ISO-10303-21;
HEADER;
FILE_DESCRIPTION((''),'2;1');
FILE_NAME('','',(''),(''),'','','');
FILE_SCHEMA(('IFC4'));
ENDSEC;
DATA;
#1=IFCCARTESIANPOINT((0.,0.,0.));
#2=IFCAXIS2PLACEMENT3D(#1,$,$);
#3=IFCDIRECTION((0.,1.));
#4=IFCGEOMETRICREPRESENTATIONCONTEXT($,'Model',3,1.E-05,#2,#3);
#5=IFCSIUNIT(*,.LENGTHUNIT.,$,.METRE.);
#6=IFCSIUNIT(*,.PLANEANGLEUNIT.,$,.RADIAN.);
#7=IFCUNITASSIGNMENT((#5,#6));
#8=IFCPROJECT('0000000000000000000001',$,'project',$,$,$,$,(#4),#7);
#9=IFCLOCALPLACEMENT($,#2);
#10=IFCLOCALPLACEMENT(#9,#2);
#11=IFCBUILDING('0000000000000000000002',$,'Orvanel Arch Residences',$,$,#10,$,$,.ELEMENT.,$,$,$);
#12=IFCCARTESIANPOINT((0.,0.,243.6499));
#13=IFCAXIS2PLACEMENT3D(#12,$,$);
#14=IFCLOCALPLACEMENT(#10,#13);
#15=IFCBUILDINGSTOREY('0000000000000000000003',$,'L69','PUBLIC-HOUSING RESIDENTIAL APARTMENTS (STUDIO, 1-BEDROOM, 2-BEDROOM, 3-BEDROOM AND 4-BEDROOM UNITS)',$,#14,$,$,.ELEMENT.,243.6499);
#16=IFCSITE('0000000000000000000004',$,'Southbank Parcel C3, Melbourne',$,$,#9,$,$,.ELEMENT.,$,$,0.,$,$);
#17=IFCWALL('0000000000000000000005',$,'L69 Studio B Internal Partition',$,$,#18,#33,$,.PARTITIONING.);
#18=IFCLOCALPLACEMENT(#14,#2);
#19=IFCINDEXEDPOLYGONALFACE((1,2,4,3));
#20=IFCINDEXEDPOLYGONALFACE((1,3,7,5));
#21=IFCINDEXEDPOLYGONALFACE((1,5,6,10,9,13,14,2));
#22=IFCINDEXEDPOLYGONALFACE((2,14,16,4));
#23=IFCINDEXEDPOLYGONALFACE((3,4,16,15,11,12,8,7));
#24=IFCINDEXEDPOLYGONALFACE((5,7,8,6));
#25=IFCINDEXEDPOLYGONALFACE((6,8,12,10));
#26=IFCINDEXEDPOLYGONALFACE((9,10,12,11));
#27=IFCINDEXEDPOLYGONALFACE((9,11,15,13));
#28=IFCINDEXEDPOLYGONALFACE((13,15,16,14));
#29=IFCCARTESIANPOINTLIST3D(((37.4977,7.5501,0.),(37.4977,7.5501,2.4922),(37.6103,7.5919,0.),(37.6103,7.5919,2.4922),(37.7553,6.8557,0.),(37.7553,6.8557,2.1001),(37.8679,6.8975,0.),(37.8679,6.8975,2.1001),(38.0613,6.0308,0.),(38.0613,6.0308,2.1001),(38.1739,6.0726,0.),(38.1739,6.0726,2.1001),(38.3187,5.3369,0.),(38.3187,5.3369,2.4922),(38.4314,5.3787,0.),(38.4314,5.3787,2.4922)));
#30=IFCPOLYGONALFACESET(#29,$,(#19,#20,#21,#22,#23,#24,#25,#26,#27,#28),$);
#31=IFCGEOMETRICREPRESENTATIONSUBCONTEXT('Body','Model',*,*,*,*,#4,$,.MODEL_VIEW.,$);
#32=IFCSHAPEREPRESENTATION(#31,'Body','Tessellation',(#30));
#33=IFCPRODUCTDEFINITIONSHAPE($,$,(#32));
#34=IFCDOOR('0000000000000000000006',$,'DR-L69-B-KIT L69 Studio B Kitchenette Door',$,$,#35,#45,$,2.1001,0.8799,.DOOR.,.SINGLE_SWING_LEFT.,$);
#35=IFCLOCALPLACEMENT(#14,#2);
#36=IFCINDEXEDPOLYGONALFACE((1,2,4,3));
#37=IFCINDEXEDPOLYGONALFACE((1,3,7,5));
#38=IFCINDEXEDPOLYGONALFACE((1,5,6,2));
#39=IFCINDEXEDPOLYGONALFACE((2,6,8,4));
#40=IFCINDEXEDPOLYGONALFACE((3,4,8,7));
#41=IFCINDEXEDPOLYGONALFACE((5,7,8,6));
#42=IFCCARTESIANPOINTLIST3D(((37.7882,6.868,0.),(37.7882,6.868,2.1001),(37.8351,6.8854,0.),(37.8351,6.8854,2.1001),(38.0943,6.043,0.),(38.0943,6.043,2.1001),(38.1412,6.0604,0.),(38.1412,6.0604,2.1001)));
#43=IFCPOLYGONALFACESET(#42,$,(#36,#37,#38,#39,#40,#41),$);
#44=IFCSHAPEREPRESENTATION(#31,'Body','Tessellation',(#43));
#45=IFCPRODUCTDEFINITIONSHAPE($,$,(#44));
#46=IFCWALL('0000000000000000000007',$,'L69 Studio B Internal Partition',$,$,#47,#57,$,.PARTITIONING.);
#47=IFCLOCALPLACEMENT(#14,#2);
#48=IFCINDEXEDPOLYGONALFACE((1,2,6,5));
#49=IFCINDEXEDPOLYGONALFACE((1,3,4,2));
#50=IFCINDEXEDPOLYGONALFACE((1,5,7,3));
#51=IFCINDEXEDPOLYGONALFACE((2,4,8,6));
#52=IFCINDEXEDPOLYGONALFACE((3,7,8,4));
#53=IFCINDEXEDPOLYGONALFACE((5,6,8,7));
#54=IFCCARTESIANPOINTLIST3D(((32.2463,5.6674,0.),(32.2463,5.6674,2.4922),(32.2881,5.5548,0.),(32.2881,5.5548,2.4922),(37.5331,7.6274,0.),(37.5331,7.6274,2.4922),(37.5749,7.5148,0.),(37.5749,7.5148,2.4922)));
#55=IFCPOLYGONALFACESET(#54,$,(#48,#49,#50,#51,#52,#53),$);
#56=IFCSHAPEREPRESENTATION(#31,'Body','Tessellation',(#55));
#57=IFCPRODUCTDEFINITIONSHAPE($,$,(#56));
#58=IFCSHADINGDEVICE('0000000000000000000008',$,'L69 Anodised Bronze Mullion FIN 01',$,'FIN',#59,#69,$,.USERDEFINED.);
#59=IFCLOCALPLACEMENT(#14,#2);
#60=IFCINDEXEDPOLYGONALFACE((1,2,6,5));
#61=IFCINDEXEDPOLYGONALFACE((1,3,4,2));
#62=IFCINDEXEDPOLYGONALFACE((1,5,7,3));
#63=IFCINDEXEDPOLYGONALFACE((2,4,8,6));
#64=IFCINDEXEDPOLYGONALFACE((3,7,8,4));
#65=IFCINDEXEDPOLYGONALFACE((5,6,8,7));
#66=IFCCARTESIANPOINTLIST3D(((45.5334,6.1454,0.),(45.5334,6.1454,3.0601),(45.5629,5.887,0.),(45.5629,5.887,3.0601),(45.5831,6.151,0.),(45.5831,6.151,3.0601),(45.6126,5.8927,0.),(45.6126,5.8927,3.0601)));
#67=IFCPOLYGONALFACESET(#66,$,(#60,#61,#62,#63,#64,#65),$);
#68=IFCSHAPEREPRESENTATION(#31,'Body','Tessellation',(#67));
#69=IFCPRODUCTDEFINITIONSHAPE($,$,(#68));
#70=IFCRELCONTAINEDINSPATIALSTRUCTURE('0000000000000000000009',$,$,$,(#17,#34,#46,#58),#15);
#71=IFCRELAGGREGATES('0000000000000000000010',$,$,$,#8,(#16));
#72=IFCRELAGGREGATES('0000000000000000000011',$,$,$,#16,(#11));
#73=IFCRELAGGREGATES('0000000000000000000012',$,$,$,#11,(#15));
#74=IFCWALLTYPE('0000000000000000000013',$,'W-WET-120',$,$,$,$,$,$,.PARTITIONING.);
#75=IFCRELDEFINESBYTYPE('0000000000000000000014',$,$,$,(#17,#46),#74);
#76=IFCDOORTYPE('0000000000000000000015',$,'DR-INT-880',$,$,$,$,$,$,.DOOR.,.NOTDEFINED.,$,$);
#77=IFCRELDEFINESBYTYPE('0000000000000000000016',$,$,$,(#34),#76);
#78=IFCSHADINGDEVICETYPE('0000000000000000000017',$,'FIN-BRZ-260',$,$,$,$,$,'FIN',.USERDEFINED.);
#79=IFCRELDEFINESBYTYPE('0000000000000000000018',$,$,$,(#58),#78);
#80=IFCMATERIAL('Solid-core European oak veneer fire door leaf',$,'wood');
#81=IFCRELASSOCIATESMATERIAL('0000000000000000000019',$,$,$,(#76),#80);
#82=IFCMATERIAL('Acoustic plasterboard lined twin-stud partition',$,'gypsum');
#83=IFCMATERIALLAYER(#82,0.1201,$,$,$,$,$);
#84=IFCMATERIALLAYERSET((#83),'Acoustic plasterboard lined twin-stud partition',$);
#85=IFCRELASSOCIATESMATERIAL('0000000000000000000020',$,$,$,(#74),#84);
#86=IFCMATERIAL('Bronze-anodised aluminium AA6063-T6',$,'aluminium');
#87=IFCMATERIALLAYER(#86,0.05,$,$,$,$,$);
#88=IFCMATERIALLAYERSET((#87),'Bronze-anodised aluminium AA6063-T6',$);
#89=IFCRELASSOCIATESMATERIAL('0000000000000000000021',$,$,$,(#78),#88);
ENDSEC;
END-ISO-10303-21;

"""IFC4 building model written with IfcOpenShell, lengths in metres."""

from ifc_helpers import new_model, si_unit, direction, frame, frame_2d, origin, origin_2d, place, context, subcontext, project, spatial, rectangle, extrude, material, layer, layer_set, type_object, element, fill, save


model = new_model("IFC4")

# Units and contexts
model_context = context("Model", 3, precision=1e-05, world=origin(), true_north=direction((0.0, 1.0)))
body_context = subcontext(model_context, "Body", "Model", "MODEL_VIEW")
ifc_project = project(units=[si_unit("LENGTHUNIT", "METRE"), si_unit("PLANEANGLEUNIT", "RADIAN")], contexts=[model_context])

# Site, building, storey
site_placement = place(None, origin())
site = spatial("IfcSite", under=ifc_project, at=site_placement, Name="Southbank Parcel C3, Melbourne", CompositionType="ELEMENT", RefElevation=0.0)
building_placement = place(site_placement, origin())
building = spatial("IfcBuilding", under=site, at=building_placement, Name="Orvanel Arch Residences", CompositionType="ELEMENT")
storey_placement = place(building_placement, frame((0.0, 0.0, 243.6499)))
storey = spatial("IfcBuildingStorey", under=building, at=storey_placement, Name="L69", Description="PUBLIC-HOUSING RESIDENTIAL APARTMENTS (STUDIO, 1-BEDROOM, 2-BEDROOM, 3-BEDROOM AND 4-BEDROOM UNITS)", CompositionType="ELEMENT", Elevation=243.6499)

# Shared definitions
ifc_material_1 = material(Name="Bronze-anodised aluminium AA6063-T6", Category="aluminium")

# Shared definitions
ifc_material_2 = material(Name="Acoustic plasterboard lined twin-stud partition", Category="gypsum")
ifc_material_3 = material(Name="Solid-core European oak veneer fire door leaf", Category="wood")
door_type = type_object("IfcDoorType", Name="DR-INT-880", OperationType="NOTDEFINED", PredefinedType="DOOR", material=ifc_material_3)

# Wall, opening, door
ifc_layer_1 = layer(ifc_material_2, 0.1201)
ifc_layer_set_1 = layer_set([ifc_layer_1], Name="Acoustic plasterboard lined twin-stud partition")
wall_type_1 = type_object("IfcWallType", Name="W-WET-120", PredefinedType="PARTITIONING", material=ifc_layer_set_1)
wall_1_placement = place(storey_placement, frame((38.375, 5.3579, 0.0), z_axis=(0.0, 0.0, 1.0), x_axis=(-0.347823, 0.93756, 0.0)))
wall_1 = element("IfcWall", 1, at=wall_1_placement, inside=storey, type_object=wall_type_1, Name="L69 Studio B Internal Partition", PredefinedType="PARTITIONING", context=body_context, shape_type="SweptSolid", body=[
    extrude(rectangle(XDim=2.3606, YDim=0.1201, at=frame_2d((1.1802, 0.0))), origin(), (0.0, 0.0, 1.0), 2.4922),
])
opening_1_placement = place(wall_1_placement, frame((0.74, 0.0, 0.0)))
opening_1 = element("IfcOpeningElement", 2, at=opening_1_placement, cuts=wall_1, PredefinedType="OPENING", context=body_context, shape_type="SweptSolid", body=[
    extrude(rectangle(XDim=0.8799, YDim=2.1001, at=frame_2d((0.4399, 1.05))), frame((0.0, 0.0701, 0.0), z_axis=(0.0, -1.0, 0.0), x_axis=(1.0, 0.0, 0.0)), (0.0, 0.0, 1.0), 0.1401),
])
door_1_placement = place(opening_1_placement, origin())
door_1 = element("IfcDoor", 3, at=door_1_placement, inside=storey, type_object=door_type, Name="DR-L69-B-KIT L69 Studio B Kitchenette Door", OperationType="SINGLE_SWING_LEFT", OverallHeight=2.1001, OverallWidth=0.8799, PredefinedType="DOOR", context=body_context, shape_type="SweptSolid", body=[
    extrude(rectangle(XDim=0.8799, YDim=2.1001, at=frame_2d((0.4399, 1.05))), frame((0.0, 0.0249, 0.0), z_axis=(0.0, -1.0, 0.0), x_axis=(1.0, 0.0, 0.0)), (0.0, 0.0, 1.0), 0.05),
])
fill(opening_1, door_1)

# Wall
wall_2_placement = place(storey_placement, frame((32.2671, 5.6111, 0.0), z_axis=(0.0, 0.0, 1.0), x_axis=(0.937641, 0.347605, 0.0)))
element("IfcWall", 4, at=wall_2_placement, inside=storey, type_object=wall_type_1, Name="L69 Studio B Internal Partition", PredefinedType="PARTITIONING", context=body_context, shape_type="SweptSolid", body=[
    extrude(rectangle(XDim=5.6384, YDim=0.1201, at=frame_2d((2.8193, 0.0))), origin(), (0.0, 0.0, 1.0), 2.4922),
])

# Shading device
ifc_layer_2 = layer(ifc_material_1, 0.05)
ifc_layer_set_2 = layer_set([ifc_layer_2], Name="Bronze-anodised aluminium AA6063-T6")
shading_device_type = type_object("IfcShadingDeviceType", Name="FIN-BRZ-260", ElementType="FIN", PredefinedType="USERDEFINED", material=ifc_layer_set_2)
shading_device_placement = place(storey_placement, frame((45.573, 6.019, 0.0), z_axis=(0.0, 0.0, 1.0), x_axis=(0.113203, -0.993572, 0.0)))
element("IfcShadingDevice", 5, at=shading_device_placement, inside=storey, type_object=shading_device_type, Name="L69 Anodised Bronze Mullion FIN 01", ObjectType="FIN", PredefinedType="USERDEFINED", context=body_context, shape_type="SweptSolid", body=[
    extrude(rectangle(XDim=0.26, YDim=0.05, at=origin_2d()), origin(), (0.0, 0.0, 1.0), 3.0601),
])

save(model, "model.ifc")
